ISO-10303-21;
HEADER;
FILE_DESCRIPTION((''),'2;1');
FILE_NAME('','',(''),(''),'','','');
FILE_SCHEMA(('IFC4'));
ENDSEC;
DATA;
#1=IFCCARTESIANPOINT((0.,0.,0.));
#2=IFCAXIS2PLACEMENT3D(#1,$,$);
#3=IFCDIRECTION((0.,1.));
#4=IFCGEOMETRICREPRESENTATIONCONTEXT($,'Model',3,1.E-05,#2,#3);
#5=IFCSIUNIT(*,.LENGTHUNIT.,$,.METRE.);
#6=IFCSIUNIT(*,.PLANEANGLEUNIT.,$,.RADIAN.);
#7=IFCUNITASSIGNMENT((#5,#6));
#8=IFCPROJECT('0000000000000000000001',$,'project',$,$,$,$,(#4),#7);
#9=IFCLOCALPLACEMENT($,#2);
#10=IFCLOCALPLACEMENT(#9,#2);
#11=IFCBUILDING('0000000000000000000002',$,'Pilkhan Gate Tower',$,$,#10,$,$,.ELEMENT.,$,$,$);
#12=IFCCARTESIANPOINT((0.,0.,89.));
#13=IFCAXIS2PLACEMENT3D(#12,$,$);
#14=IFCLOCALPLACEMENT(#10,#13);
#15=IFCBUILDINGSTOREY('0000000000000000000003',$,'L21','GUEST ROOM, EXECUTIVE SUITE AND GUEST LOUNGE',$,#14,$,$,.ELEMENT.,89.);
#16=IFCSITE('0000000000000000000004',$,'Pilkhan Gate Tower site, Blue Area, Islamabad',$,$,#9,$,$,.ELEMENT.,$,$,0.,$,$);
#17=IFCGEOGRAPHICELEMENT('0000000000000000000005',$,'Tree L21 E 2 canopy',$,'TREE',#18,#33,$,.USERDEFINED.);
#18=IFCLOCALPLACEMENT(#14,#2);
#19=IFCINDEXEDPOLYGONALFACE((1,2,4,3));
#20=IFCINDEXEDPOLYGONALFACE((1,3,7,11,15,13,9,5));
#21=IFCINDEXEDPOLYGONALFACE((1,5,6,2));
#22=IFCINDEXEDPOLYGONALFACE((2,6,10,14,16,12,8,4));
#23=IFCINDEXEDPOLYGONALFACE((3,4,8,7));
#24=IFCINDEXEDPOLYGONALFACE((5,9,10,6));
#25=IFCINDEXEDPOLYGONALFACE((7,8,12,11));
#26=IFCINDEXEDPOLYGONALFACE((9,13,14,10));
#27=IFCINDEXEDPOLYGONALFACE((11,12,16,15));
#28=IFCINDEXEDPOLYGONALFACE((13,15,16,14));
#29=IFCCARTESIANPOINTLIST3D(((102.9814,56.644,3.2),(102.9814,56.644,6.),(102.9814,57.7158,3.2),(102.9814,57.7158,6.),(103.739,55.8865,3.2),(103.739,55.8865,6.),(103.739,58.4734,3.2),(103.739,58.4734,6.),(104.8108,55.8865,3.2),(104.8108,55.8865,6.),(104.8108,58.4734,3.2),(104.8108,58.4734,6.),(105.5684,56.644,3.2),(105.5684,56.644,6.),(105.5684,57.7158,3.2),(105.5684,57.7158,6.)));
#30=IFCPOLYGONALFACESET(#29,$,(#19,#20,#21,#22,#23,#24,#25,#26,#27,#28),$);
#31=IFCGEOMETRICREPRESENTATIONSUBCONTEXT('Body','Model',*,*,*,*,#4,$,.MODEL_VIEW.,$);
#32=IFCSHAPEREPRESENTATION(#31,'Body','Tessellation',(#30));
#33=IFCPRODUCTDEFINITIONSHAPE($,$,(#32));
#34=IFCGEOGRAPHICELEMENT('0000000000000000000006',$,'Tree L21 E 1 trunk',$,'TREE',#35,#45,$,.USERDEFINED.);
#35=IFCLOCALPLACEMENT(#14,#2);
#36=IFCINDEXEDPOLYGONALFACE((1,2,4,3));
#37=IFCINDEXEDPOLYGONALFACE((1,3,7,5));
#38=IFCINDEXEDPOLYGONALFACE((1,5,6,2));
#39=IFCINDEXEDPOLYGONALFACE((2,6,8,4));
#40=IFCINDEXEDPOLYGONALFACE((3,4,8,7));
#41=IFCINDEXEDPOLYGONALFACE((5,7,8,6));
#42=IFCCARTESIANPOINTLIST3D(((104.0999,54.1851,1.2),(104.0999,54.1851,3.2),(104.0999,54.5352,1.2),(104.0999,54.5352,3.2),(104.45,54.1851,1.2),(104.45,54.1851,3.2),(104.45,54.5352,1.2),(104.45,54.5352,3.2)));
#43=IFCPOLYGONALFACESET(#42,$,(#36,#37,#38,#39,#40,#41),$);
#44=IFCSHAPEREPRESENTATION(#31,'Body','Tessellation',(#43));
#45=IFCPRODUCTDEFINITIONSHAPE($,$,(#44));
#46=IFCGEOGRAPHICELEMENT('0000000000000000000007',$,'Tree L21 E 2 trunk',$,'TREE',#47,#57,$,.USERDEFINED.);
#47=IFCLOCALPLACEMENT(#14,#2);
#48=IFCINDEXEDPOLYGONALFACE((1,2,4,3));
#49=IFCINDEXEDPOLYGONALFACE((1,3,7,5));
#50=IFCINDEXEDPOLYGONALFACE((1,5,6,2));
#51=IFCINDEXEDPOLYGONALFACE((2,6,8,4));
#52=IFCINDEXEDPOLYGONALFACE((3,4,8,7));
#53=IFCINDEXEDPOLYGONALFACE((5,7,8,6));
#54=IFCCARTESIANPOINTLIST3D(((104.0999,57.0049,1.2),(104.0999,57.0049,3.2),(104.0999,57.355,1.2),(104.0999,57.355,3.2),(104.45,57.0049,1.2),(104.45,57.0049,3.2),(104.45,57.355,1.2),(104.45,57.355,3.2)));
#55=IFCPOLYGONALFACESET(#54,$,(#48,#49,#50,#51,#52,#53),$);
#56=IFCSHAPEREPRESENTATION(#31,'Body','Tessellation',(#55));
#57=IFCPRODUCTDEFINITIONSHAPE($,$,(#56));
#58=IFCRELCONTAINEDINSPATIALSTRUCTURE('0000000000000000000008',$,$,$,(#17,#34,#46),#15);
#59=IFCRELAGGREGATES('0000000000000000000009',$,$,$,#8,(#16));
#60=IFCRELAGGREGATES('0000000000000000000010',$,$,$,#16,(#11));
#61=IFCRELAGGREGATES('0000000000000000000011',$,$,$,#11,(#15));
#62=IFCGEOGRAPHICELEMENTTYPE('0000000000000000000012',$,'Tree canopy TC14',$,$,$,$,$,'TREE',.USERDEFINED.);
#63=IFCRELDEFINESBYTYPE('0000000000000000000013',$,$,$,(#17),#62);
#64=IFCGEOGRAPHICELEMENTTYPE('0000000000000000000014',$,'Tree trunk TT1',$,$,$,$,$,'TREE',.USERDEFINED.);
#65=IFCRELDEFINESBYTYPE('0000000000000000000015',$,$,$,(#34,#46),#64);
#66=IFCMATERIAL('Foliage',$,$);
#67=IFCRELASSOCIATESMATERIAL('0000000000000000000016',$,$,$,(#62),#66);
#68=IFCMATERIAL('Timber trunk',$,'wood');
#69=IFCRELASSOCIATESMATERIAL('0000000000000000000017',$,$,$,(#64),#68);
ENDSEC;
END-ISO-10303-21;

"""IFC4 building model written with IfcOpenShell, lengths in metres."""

from ifc_helpers import new_model, si_unit, direction, frame, origin, origin_2d, place, context, subcontext, project, spatial, polyline, rectangle, outline, extrude, material, material_profile, profile_set, type_object, element, save


model = new_model("IFC4")

# Units and contexts
model_context = context("Model", 3, precision=1e-05, world=origin(), true_north=direction((0.0, 1.0)))
body_context = subcontext(model_context, "Body", "Model", "MODEL_VIEW")
ifc_project = project(units=[si_unit("LENGTHUNIT", "METRE"), si_unit("PLANEANGLEUNIT", "RADIAN")], contexts=[model_context])

# Site, building, storey
site_placement = place(None, origin())
site = spatial("IfcSite", under=ifc_project, at=site_placement, Name="Pilkhan Gate Tower site, Blue Area, Islamabad", CompositionType="ELEMENT", RefElevation=0.0)
building_placement = place(site_placement, origin())
building = spatial("IfcBuilding", under=site, at=building_placement, Name="Pilkhan Gate Tower", CompositionType="ELEMENT")
storey_placement = place(building_placement, frame((0.0, 0.0, 89.0)))
storey = spatial("IfcBuildingStorey", under=building, at=storey_placement, Name="L21", Description="GUEST ROOM, EXECUTIVE SUITE AND GUEST LOUNGE", CompositionType="ELEMENT", Elevation=89.0)

# Geographic elements
ifc_material_1 = material(Name="Foliage")
ifc_material_profile_1 = material_profile(ifc_material_1, outline(polyline([(1.2935, 0.5359), (0.5359, 1.2935), (-0.5359, 1.2935), (-1.2935, 0.5359), (-1.2935, -0.5359), (-0.5359, -1.2935), (0.5359, -1.2935), (1.2935, -0.5359), (1.2935, 0.5359)])), Name="Canopy D2.8")
ifc_profile_set_1 = profile_set([ifc_material_profile_1], Name="Foliage")
geographic_element_type_1 = type_object("IfcGeographicElementType", Name="Tree canopy TC14", ElementType="TREE", PredefinedType="USERDEFINED", material=ifc_profile_set_1)
for number, where, z_axis, x_axis, name in (
    (1, (104.2749, 57.1799, 3.2), (0.0, 0.0, 1.0), (1.0, 0.0, 0.0), "Tree L21 E 2 canopy"),
):
    element("IfcGeographicElement", number, at=place(storey_placement, frame(where, z_axis=z_axis, x_axis=x_axis)), inside=storey, type_object=geographic_element_type_1, Name=name, ObjectType="TREE", PredefinedType="USERDEFINED", context=body_context, shape_type="SweptSolid", body=[
        extrude(outline(polyline([(1.2935, 0.5359), (0.5359, 1.2935), (-0.5359, 1.2935), (-1.2935, 0.5359), (-1.2935, -0.5359), (-0.5359, -1.2935), (0.5359, -1.2935), (1.2935, -0.5359), (1.2935, 0.5359)])), origin(), (0.0, 0.0, 1.0), 2.8),
    ])
ifc_material_2 = material(Name="Timber trunk", Category="wood")
geographic_element_type_2 = type_object("IfcGeographicElementType", Name="Tree trunk TT1", ElementType="TREE", PredefinedType="USERDEFINED", material=ifc_material_2)
for number, where, z_axis, x_axis, name in (
    (2, (104.2749, 54.3601, 1.2), (0.0, 0.0, 1.0), (1.0, 0.0, 0.0), "Tree L21 E 1 trunk"),
    (3, (104.2749, 57.1799, 1.2), (0.0, 0.0, 1.0), (1.0, 0.0, 0.0), "Tree L21 E 2 trunk"),
):
    element("IfcGeographicElement", number, at=place(storey_placement, frame(where, z_axis=z_axis, x_axis=x_axis)), inside=storey, type_object=geographic_element_type_2, Name=name, ObjectType="TREE", PredefinedType="USERDEFINED", context=body_context, shape_type="SweptSolid", body=[
        extrude(rectangle(XDim=0.3501, YDim=0.3501, at=origin_2d()), origin(), (0.0, 0.0, 1.0), 2.0),
    ])

save(model, "model.ifc")
